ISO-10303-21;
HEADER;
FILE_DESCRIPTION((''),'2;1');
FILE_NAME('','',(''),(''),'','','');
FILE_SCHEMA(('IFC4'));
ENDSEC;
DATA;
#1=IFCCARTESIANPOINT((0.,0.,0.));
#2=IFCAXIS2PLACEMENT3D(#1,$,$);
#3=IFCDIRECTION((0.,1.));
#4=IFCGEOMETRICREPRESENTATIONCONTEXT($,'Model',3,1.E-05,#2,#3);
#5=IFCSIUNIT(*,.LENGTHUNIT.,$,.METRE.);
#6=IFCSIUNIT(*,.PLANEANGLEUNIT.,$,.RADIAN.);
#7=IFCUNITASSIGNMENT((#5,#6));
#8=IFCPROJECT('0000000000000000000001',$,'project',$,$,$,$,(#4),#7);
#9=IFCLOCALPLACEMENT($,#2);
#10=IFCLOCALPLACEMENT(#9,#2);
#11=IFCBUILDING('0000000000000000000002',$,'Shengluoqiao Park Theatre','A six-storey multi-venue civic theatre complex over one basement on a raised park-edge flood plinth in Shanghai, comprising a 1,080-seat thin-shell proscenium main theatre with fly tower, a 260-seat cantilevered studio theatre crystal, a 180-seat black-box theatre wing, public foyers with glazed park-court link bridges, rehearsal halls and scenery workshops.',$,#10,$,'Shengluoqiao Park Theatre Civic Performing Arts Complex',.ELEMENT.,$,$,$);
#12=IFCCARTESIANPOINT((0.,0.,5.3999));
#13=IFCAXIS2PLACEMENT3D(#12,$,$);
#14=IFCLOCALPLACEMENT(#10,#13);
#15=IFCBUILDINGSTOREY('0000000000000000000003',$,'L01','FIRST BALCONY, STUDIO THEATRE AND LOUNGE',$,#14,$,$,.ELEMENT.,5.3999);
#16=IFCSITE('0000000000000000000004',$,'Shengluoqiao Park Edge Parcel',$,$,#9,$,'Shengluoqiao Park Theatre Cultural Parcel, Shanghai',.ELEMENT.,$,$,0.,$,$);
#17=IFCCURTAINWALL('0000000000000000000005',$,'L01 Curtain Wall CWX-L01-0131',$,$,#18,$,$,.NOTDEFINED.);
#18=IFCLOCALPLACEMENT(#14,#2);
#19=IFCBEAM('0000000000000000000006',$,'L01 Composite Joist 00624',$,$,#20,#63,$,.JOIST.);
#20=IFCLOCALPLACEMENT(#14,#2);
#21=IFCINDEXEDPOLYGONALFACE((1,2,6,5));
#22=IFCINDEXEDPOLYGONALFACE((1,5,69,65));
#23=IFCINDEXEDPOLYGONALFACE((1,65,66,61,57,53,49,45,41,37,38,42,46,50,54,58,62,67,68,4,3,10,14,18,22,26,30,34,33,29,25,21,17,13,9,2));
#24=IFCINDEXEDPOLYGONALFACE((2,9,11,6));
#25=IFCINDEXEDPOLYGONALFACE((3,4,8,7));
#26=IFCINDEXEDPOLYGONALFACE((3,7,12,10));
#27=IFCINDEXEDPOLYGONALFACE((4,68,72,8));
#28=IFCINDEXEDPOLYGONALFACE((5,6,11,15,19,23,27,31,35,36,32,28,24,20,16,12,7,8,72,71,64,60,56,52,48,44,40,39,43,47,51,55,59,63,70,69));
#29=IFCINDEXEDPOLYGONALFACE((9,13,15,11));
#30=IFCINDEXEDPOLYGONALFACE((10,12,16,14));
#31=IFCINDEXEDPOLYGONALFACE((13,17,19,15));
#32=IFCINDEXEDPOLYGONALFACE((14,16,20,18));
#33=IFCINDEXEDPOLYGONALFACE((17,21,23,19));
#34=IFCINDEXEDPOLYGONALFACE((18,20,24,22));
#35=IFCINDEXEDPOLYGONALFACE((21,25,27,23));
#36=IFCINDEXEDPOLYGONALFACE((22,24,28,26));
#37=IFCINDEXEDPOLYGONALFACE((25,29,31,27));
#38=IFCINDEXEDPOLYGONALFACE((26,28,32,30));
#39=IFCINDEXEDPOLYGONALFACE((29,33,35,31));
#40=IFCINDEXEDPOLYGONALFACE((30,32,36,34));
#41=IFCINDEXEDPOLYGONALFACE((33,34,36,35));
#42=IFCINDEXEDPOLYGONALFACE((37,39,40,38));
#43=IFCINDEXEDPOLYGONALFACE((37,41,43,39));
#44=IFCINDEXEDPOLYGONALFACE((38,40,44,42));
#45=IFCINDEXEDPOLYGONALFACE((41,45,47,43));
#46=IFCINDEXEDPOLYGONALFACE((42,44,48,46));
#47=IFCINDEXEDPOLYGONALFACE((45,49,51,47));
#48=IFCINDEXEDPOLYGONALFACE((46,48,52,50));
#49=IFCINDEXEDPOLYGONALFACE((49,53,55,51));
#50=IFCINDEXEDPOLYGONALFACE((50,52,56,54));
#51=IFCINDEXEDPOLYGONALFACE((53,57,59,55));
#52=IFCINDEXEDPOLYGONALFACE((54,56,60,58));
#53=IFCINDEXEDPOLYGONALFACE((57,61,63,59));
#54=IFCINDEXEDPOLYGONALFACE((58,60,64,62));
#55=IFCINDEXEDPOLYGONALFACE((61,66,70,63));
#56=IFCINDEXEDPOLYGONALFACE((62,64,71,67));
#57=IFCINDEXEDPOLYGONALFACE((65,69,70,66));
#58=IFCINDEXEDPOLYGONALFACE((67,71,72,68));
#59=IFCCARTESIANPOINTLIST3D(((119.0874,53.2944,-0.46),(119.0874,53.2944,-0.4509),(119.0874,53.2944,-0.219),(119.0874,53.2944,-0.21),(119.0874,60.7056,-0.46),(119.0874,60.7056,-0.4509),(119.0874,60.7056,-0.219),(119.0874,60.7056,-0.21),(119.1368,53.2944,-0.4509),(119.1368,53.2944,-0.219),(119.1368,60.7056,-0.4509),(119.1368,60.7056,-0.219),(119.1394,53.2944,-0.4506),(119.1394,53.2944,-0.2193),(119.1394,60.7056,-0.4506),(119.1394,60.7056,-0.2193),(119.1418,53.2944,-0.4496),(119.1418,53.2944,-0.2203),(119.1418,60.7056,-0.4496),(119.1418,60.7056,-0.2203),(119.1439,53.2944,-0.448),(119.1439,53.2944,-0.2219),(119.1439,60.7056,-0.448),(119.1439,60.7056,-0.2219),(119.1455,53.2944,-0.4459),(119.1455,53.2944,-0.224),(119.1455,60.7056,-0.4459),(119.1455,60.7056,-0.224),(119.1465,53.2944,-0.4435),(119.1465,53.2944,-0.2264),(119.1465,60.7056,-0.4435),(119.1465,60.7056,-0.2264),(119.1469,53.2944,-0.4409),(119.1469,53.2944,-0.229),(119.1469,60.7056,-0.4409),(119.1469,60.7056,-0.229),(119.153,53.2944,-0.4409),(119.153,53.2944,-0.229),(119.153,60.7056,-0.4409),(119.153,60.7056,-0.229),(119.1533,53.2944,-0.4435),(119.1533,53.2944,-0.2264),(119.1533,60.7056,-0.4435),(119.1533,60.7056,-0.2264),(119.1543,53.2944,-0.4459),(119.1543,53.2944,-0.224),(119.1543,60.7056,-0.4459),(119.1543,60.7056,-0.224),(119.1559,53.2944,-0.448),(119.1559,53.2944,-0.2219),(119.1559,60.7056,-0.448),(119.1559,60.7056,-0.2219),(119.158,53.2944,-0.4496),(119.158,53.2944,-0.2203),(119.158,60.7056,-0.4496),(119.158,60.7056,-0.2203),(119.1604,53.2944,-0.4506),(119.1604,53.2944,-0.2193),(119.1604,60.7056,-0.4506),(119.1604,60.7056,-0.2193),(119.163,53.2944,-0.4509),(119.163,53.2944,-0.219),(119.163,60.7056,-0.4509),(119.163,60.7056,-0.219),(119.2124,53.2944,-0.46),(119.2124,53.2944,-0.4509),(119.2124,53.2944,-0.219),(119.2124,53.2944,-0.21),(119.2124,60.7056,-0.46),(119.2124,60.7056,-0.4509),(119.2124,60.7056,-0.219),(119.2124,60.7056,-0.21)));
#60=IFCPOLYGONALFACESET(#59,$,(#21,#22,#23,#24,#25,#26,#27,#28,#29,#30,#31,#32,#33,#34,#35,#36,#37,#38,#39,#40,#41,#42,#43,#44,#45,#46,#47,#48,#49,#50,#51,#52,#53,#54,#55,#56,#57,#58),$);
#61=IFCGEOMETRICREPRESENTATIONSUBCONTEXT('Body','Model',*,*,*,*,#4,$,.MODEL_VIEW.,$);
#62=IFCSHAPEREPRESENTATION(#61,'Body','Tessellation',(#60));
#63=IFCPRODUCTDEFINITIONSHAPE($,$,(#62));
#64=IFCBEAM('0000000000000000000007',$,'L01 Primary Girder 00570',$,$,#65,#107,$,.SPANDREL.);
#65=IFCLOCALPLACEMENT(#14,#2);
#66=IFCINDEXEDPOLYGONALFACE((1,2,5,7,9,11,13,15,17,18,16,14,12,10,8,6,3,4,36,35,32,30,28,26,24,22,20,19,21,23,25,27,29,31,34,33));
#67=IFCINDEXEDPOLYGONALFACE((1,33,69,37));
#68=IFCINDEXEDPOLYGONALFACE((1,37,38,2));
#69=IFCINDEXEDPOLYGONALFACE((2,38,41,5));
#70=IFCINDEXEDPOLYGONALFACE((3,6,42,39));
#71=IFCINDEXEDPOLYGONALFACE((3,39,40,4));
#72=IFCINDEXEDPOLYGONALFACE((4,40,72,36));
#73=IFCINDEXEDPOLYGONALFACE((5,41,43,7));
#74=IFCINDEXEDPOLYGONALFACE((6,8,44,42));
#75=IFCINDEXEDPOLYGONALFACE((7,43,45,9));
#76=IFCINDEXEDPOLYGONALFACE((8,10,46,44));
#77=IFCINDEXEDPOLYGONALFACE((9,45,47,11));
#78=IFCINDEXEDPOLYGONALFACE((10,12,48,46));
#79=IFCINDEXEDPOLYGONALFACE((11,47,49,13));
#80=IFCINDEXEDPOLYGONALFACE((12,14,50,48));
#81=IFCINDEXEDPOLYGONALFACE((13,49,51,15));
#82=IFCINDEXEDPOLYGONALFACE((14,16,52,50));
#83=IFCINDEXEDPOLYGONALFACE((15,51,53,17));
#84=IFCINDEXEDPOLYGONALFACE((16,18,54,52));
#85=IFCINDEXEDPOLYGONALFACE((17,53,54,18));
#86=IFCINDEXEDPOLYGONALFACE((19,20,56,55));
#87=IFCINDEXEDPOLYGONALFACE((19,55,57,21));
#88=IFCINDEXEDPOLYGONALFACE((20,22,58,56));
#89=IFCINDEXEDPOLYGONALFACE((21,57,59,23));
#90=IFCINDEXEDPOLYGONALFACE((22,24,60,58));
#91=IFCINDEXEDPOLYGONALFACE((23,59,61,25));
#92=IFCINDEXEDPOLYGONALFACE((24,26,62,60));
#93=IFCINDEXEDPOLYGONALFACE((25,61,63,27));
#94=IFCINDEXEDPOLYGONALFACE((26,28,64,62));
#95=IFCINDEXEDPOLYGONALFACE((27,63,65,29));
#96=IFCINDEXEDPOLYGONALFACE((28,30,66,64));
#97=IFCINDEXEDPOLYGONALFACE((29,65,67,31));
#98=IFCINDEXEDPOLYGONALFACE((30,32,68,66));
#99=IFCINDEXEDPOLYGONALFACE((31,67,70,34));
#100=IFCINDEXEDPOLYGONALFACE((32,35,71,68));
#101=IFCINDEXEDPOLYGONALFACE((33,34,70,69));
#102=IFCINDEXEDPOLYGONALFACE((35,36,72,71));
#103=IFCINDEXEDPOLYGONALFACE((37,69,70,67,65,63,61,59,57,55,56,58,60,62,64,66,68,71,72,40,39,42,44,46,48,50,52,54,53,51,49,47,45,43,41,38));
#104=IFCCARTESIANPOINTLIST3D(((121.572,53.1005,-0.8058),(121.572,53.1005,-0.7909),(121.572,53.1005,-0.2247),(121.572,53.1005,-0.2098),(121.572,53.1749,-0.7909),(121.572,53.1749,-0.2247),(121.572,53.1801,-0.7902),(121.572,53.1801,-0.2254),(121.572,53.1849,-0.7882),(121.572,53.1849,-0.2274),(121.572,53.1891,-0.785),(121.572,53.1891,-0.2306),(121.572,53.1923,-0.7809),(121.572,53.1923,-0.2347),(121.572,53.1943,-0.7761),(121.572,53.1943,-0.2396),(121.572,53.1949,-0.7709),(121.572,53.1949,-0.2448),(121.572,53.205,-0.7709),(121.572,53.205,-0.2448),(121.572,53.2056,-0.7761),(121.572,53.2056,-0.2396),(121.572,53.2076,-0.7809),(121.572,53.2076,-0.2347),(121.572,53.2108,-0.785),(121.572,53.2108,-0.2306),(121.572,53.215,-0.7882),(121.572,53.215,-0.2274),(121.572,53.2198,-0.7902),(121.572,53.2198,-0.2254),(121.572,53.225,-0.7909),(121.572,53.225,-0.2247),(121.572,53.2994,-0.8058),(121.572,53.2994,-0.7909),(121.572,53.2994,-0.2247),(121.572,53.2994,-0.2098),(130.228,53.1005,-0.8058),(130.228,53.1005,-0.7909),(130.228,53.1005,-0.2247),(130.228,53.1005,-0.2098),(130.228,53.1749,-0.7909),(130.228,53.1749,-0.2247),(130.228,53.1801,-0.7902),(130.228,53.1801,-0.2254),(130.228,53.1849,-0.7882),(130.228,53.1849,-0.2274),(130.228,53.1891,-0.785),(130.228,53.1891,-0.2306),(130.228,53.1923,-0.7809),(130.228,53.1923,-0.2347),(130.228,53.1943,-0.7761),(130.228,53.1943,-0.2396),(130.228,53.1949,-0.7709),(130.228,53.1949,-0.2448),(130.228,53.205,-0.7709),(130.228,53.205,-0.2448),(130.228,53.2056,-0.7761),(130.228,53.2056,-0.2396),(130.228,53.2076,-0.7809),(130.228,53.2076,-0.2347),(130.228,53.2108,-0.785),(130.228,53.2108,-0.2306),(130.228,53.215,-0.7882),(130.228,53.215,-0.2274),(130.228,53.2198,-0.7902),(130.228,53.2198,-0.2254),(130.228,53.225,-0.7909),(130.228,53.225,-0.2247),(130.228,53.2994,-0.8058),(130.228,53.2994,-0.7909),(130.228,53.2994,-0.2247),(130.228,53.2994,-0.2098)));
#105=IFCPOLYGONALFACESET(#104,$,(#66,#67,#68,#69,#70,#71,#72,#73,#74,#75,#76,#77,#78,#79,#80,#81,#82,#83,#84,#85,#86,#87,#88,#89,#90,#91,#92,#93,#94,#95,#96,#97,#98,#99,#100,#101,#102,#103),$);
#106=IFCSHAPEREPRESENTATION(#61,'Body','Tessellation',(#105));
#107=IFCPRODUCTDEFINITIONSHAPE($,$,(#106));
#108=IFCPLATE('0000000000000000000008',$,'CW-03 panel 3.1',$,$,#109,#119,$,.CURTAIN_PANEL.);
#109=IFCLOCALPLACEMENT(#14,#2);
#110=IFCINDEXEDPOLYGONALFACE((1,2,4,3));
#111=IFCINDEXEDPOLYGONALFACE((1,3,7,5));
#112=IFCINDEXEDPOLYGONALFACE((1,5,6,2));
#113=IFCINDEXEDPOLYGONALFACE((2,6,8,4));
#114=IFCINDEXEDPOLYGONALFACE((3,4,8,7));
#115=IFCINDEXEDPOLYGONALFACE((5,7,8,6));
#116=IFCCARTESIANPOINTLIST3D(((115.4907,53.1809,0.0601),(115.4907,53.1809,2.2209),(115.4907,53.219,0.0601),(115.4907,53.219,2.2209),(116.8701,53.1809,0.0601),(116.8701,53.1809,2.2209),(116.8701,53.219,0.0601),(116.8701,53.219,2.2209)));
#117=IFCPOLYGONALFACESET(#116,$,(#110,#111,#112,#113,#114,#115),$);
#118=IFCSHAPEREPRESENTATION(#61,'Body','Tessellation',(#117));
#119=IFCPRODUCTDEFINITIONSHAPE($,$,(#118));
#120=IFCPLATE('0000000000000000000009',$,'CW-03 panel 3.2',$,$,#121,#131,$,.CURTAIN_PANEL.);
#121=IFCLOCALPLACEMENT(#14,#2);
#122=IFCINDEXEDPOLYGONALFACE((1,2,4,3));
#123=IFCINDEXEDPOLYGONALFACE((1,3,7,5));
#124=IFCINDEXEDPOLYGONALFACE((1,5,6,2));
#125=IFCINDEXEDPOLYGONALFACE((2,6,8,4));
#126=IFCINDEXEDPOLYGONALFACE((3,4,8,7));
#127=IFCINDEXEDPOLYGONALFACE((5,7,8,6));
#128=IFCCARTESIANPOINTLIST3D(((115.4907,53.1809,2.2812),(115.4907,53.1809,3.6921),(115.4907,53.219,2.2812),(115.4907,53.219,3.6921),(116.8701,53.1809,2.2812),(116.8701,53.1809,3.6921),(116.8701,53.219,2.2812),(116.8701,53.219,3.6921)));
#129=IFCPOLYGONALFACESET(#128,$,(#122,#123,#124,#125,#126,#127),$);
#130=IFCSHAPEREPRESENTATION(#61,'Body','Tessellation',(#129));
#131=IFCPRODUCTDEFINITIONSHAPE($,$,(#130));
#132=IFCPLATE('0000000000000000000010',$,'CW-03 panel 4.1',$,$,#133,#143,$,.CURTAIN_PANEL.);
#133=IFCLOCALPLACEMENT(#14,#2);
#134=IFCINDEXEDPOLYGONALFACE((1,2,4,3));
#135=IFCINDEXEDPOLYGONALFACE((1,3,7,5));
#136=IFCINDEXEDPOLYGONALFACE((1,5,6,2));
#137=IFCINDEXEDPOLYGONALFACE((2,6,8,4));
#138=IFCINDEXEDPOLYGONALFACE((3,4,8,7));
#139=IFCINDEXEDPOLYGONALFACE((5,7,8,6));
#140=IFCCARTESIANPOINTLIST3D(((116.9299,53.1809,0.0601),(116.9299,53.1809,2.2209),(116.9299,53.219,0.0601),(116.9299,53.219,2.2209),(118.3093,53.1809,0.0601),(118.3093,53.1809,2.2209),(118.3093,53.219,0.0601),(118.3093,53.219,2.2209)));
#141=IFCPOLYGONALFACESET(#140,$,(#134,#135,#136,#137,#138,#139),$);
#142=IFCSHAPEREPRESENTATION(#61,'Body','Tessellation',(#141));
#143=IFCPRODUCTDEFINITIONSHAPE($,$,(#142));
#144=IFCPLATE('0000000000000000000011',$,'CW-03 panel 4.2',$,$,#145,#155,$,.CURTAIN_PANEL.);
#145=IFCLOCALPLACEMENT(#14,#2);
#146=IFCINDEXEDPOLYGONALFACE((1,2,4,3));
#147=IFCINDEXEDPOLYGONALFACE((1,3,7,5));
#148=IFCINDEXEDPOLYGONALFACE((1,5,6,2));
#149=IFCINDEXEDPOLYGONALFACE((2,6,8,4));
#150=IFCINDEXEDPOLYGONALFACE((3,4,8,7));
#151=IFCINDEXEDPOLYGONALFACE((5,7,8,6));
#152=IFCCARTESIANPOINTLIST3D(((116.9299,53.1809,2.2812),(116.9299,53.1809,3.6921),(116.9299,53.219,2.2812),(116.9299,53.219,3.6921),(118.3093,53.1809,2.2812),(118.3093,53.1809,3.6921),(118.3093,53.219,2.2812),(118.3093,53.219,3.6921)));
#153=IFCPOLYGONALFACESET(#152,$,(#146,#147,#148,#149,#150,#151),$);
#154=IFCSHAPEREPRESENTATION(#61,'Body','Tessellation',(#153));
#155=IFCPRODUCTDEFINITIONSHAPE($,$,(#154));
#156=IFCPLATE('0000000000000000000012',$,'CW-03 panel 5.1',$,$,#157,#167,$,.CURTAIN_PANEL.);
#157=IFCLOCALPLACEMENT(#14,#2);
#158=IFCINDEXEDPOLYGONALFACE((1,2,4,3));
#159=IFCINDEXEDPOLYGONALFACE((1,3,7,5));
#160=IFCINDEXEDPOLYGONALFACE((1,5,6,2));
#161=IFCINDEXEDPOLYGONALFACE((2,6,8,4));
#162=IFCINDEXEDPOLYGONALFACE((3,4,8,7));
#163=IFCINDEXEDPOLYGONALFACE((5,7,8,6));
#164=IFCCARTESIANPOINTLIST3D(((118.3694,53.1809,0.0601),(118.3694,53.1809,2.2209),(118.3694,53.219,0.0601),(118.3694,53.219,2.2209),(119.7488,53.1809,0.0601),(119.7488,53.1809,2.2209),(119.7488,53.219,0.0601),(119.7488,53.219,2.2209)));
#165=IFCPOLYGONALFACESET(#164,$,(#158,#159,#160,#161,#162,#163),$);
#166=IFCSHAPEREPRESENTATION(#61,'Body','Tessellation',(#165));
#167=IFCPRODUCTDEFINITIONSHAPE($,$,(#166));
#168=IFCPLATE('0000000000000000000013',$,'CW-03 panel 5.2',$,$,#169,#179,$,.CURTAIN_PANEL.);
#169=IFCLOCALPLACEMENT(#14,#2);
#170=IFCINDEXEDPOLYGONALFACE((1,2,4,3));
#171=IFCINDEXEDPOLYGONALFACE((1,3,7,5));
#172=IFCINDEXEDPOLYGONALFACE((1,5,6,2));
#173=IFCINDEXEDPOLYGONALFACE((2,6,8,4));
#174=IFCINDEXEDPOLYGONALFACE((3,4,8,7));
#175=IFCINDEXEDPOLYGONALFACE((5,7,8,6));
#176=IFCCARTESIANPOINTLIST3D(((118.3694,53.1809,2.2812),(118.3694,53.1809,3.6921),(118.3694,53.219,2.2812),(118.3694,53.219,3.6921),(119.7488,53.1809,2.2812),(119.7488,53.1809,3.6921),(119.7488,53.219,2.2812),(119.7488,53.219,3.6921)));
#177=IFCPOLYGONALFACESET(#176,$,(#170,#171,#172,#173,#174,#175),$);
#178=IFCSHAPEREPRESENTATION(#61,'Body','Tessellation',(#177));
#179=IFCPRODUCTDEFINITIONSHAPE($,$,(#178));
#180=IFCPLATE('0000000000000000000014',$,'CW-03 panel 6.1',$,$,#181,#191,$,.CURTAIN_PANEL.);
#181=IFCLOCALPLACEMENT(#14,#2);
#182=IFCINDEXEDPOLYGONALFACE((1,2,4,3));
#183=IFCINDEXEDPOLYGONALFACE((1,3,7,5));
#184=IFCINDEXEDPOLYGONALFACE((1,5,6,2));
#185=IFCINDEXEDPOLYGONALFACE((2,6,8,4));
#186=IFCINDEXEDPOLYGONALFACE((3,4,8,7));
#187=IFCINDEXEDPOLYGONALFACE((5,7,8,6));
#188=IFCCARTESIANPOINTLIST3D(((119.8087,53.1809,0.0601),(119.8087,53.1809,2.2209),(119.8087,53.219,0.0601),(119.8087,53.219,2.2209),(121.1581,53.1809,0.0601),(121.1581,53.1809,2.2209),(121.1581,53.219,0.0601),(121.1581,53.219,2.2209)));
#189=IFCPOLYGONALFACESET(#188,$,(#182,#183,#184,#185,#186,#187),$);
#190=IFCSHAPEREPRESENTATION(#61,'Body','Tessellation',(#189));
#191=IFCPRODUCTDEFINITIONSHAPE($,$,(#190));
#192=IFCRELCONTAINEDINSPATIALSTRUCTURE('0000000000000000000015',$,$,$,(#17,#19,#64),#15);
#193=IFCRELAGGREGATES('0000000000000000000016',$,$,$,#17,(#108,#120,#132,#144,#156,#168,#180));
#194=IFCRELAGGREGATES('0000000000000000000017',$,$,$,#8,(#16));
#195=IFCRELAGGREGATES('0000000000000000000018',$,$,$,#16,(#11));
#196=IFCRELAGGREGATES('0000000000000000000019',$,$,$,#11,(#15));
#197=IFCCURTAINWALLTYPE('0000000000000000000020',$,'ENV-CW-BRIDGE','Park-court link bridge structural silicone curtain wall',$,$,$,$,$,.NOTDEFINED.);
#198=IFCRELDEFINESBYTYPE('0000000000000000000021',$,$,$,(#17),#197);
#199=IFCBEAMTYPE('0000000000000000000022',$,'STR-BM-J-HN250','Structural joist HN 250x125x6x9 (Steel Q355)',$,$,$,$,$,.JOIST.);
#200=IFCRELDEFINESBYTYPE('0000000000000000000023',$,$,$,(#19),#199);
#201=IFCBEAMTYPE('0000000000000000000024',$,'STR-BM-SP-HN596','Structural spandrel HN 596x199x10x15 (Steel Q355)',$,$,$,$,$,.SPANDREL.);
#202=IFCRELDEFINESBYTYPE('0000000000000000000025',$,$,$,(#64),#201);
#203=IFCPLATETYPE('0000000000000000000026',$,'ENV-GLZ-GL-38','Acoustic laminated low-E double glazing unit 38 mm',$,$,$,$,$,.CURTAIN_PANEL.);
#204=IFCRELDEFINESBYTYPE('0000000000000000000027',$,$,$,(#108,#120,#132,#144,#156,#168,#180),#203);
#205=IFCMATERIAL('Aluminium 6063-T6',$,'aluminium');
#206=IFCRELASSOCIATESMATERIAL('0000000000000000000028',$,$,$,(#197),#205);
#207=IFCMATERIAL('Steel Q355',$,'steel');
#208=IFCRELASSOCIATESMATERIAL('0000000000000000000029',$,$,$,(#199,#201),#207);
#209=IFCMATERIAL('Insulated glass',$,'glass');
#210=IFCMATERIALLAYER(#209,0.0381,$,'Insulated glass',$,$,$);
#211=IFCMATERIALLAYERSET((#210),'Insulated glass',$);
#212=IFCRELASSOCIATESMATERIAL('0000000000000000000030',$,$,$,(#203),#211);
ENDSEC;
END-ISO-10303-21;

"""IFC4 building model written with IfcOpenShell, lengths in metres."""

from ifc_helpers import new_model, si_unit, direction, frame, origin, origin_2d, place, context, subcontext, project, spatial, rectangle, i_section, extrude, material, layer, layer_set, material_profile, profile_set, type_object, element, aggregate, save


model = new_model("IFC4")

# Units and contexts
model_context = context("Model", 3, precision=1e-05, world=origin(), true_north=direction((0.0, 1.0)))
body_context = subcontext(model_context, "Body", "Model", "MODEL_VIEW")
ifc_project = project(units=[si_unit("LENGTHUNIT", "METRE"), si_unit("PLANEANGLEUNIT", "RADIAN")], contexts=[model_context])

# Site, building, storey
site_placement = place(None, origin())
site = spatial("IfcSite", under=ifc_project, at=site_placement, Name="Shengluoqiao Park Edge Parcel", LongName="Shengluoqiao Park Theatre Cultural Parcel, Shanghai", CompositionType="ELEMENT", RefElevation=0.0)
building_placement = place(site_placement, origin())
building = spatial("IfcBuilding", under=site, at=building_placement, Name="Shengluoqiao Park Theatre", Description="A six-storey multi-venue civic theatre complex over one basement on a raised park-edge flood plinth in Shanghai, comprising a 1,080-seat thin-shell proscenium main theatre with fly tower, a 260-seat cantilevered studio theatre crystal, a 180-seat black-box theatre wing, public foyers with glazed park-court link bridges, rehearsal halls and scenery workshops.", LongName="Shengluoqiao Park Theatre Civic Performing Arts Complex", CompositionType="ELEMENT")
storey_placement = place(building_placement, frame((0.0, 0.0, 5.3999)))
storey = spatial("IfcBuildingStorey", under=building, at=storey_placement, Name="L01", Description="FIRST BALCONY, STUDIO THEATRE AND LOUNGE", CompositionType="ELEMENT", Elevation=5.3999)

# Shared definitions
ifc_material_1 = material(Name="Steel Q355", Category="steel")

# Curtain wall
ifc_material_2 = material(Name="Aluminium 6063-T6", Category="aluminium")
curtain_wall_type = type_object("IfcCurtainWallType", Name="ENV-CW-BRIDGE", Description="Park-court link bridge structural silicone curtain wall", PredefinedType="NOTDEFINED", material=ifc_material_2)
curtain_wall_1_placement = place(storey_placement, origin())
curtain_wall_1 = element("IfcCurtainWall", 1, at=curtain_wall_1_placement, inside=storey, type_object=curtain_wall_type, Name="L01 Curtain Wall CWX-L01-0131", PredefinedType="NOTDEFINED")

# Beams
ifc_material_profile_1 = material_profile(ifc_material_1, i_section(OverallWidth=0.125, OverallDepth=0.25, WebThickness=0.0061, FlangeThickness=0.009, FilletRadius=0.01, at=origin_2d()), Name="HN 250x125x6x9")
ifc_profile_set_1 = profile_set([ifc_material_profile_1], Name="Steel Q355")
beam_type_1 = type_object("IfcBeamType", Name="STR-BM-J-HN250", Description="Structural joist HN 250x125x6x9 (Steel Q355)", PredefinedType="JOIST", material=ifc_profile_set_1)
for number, where, z_axis, x_axis, name in (
    (2, (119.1499, 53.2944, -0.335), (0.0, 1.0, 0.0), (-1.0, 0.0, 0.0), "L01 Composite Joist 00624"),
):
    element("IfcBeam", number, at=place(storey_placement, frame(where, z_axis=z_axis, x_axis=x_axis)), inside=storey, type_object=beam_type_1, Name=name, PredefinedType="JOIST", context=body_context, shape_type="SweptSolid", body=[
        extrude(i_section(OverallWidth=0.125, OverallDepth=0.25, WebThickness=0.0061, FlangeThickness=0.009, FilletRadius=0.01, at=origin_2d()), origin(), (0.0, 0.0, 1.0), 7.4111),
    ])
ifc_material_profile_2 = material_profile(ifc_material_1, i_section(OverallWidth=0.199, OverallDepth=0.5959, WebThickness=0.01, FlangeThickness=0.0149, FilletRadius=0.02, at=origin_2d()), Name="HN 596x199x10x15")
ifc_profile_set_2 = profile_set([ifc_material_profile_2], Name="Steel Q355")
beam_type_2 = type_object("IfcBeamType", Name="STR-BM-SP-HN596", Description="Structural spandrel HN 596x199x10x15 (Steel Q355)", PredefinedType="SPANDREL", material=ifc_profile_set_2)
beam_1_placement = place(storey_placement, frame((121.572, 53.2, -0.5078), z_axis=(1.0, 0.0, 0.0), x_axis=(0.0, 1.0, 0.0)))
element("IfcBeam", 3, at=beam_1_placement, inside=storey, type_object=beam_type_2, Name="L01 Primary Girder 00570", PredefinedType="SPANDREL", context=body_context, shape_type="SweptSolid", body=[
    extrude(i_section(OverallWidth=0.199, OverallDepth=0.5959, WebThickness=0.01, FlangeThickness=0.0149, FilletRadius=0.02, at=origin_2d()), origin(), (0.0, 0.0, 1.0), 8.656),
])

# Plates
ifc_material_3 = material(Name="Insulated glass", Category="glass")
ifc_layer_1 = layer(ifc_material_3, 0.0381, Name="Insulated glass")
ifc_layer_set_1 = layer_set([ifc_layer_1], Name="Insulated glass")
plate_type_1 = type_object("IfcPlateType", Name="ENV-GLZ-GL-38", Description="Acoustic laminated low-E double glazing unit 38 mm", PredefinedType="CURTAIN_PANEL", material=ifc_layer_set_1)
plate_1_placement = place(storey_placement, frame((116.1804, 53.2, 0.0601), z_axis=(0.0, 0.0, 1.0), x_axis=(1.0, 0.0, 0.0)))
plate_1 = element("IfcPlate", 4, at=plate_1_placement, type_object=plate_type_1, Name="CW-03 panel 3.1", PredefinedType="CURTAIN_PANEL", context=body_context, shape_type="SweptSolid", body=[
    extrude(rectangle(XDim=1.3794, YDim=0.0381, at=origin_2d()), origin(), (0.0, 0.0, 1.0), 2.1609),
])
plate_2_placement = place(storey_placement, frame((116.1804, 53.2, 2.2812), z_axis=(0.0, 0.0, 1.0), x_axis=(1.0, 0.0, 0.0)))
plate_2 = element("IfcPlate", 5, at=plate_2_placement, type_object=plate_type_1, Name="CW-03 panel 3.2", PredefinedType="CURTAIN_PANEL", context=body_context, shape_type="SweptSolid", body=[
    extrude(rectangle(XDim=1.3794, YDim=0.0381, at=origin_2d()), origin(), (0.0, 0.0, 1.0), 1.4109),
])
plate_3_placement = place(storey_placement, frame((117.6196, 53.2, 0.0601), z_axis=(0.0, 0.0, 1.0), x_axis=(1.0, 0.0, 0.0)))
plate_3 = element("IfcPlate", 6, at=plate_3_placement, type_object=plate_type_1, Name="CW-03 panel 4.1", PredefinedType="CURTAIN_PANEL", context=body_context, shape_type="SweptSolid", body=[
    extrude(rectangle(XDim=1.3794, YDim=0.0381, at=origin_2d()), origin(), (0.0, 0.0, 1.0), 2.1609),
])
plate_4_placement = place(storey_placement, frame((117.6196, 53.2, 2.2812), z_axis=(0.0, 0.0, 1.0), x_axis=(1.0, 0.0, 0.0)))
plate_4 = element("IfcPlate", 7, at=plate_4_placement, type_object=plate_type_1, Name="CW-03 panel 4.2", PredefinedType="CURTAIN_PANEL", context=body_context, shape_type="SweptSolid", body=[
    extrude(rectangle(XDim=1.3794, YDim=0.0381, at=origin_2d()), origin(), (0.0, 0.0, 1.0), 1.4109),
])
plate_5_placement = place(storey_placement, frame((119.0591, 53.2, 0.0601), z_axis=(0.0, 0.0, 1.0), x_axis=(1.0, 0.0, 0.0)))
plate_5 = element("IfcPlate", 8, at=plate_5_placement, type_object=plate_type_1, Name="CW-03 panel 5.1", PredefinedType="CURTAIN_PANEL", context=body_context, shape_type="SweptSolid", body=[
    extrude(rectangle(XDim=1.3794, YDim=0.0381, at=origin_2d()), origin(), (0.0, 0.0, 1.0), 2.1609),
])
plate_6_placement = place(storey_placement, frame((119.0591, 53.2, 2.2812), z_axis=(0.0, 0.0, 1.0), x_axis=(1.0, 0.0, 0.0)))
plate_6 = element("IfcPlate", 9, at=plate_6_placement, type_object=plate_type_1, Name="CW-03 panel 5.2", PredefinedType="CURTAIN_PANEL", context=body_context, shape_type="SweptSolid", body=[
    extrude(rectangle(XDim=1.3794, YDim=0.0381, at=origin_2d()), origin(), (0.0, 0.0, 1.0), 1.4109),
])
plate_7_placement = place(storey_placement, frame((120.4834, 53.2, 0.0601), z_axis=(0.0, 0.0, 1.0), x_axis=(1.0, 0.0, 0.0)))
plate_7 = element("IfcPlate", 10, at=plate_7_placement, type_object=plate_type_1, Name="CW-03 panel 6.1", PredefinedType="CURTAIN_PANEL", context=body_context, shape_type="SweptSolid", body=[
    extrude(rectangle(XDim=1.3494, YDim=0.0381, at=origin_2d()), origin(), (0.0, 0.0, 1.0), 2.1609),
])
aggregate(curtain_wall_1, [plate_1, plate_2, plate_3, plate_4, plate_5, plate_6, plate_7])

save(model, "model.ifc")
